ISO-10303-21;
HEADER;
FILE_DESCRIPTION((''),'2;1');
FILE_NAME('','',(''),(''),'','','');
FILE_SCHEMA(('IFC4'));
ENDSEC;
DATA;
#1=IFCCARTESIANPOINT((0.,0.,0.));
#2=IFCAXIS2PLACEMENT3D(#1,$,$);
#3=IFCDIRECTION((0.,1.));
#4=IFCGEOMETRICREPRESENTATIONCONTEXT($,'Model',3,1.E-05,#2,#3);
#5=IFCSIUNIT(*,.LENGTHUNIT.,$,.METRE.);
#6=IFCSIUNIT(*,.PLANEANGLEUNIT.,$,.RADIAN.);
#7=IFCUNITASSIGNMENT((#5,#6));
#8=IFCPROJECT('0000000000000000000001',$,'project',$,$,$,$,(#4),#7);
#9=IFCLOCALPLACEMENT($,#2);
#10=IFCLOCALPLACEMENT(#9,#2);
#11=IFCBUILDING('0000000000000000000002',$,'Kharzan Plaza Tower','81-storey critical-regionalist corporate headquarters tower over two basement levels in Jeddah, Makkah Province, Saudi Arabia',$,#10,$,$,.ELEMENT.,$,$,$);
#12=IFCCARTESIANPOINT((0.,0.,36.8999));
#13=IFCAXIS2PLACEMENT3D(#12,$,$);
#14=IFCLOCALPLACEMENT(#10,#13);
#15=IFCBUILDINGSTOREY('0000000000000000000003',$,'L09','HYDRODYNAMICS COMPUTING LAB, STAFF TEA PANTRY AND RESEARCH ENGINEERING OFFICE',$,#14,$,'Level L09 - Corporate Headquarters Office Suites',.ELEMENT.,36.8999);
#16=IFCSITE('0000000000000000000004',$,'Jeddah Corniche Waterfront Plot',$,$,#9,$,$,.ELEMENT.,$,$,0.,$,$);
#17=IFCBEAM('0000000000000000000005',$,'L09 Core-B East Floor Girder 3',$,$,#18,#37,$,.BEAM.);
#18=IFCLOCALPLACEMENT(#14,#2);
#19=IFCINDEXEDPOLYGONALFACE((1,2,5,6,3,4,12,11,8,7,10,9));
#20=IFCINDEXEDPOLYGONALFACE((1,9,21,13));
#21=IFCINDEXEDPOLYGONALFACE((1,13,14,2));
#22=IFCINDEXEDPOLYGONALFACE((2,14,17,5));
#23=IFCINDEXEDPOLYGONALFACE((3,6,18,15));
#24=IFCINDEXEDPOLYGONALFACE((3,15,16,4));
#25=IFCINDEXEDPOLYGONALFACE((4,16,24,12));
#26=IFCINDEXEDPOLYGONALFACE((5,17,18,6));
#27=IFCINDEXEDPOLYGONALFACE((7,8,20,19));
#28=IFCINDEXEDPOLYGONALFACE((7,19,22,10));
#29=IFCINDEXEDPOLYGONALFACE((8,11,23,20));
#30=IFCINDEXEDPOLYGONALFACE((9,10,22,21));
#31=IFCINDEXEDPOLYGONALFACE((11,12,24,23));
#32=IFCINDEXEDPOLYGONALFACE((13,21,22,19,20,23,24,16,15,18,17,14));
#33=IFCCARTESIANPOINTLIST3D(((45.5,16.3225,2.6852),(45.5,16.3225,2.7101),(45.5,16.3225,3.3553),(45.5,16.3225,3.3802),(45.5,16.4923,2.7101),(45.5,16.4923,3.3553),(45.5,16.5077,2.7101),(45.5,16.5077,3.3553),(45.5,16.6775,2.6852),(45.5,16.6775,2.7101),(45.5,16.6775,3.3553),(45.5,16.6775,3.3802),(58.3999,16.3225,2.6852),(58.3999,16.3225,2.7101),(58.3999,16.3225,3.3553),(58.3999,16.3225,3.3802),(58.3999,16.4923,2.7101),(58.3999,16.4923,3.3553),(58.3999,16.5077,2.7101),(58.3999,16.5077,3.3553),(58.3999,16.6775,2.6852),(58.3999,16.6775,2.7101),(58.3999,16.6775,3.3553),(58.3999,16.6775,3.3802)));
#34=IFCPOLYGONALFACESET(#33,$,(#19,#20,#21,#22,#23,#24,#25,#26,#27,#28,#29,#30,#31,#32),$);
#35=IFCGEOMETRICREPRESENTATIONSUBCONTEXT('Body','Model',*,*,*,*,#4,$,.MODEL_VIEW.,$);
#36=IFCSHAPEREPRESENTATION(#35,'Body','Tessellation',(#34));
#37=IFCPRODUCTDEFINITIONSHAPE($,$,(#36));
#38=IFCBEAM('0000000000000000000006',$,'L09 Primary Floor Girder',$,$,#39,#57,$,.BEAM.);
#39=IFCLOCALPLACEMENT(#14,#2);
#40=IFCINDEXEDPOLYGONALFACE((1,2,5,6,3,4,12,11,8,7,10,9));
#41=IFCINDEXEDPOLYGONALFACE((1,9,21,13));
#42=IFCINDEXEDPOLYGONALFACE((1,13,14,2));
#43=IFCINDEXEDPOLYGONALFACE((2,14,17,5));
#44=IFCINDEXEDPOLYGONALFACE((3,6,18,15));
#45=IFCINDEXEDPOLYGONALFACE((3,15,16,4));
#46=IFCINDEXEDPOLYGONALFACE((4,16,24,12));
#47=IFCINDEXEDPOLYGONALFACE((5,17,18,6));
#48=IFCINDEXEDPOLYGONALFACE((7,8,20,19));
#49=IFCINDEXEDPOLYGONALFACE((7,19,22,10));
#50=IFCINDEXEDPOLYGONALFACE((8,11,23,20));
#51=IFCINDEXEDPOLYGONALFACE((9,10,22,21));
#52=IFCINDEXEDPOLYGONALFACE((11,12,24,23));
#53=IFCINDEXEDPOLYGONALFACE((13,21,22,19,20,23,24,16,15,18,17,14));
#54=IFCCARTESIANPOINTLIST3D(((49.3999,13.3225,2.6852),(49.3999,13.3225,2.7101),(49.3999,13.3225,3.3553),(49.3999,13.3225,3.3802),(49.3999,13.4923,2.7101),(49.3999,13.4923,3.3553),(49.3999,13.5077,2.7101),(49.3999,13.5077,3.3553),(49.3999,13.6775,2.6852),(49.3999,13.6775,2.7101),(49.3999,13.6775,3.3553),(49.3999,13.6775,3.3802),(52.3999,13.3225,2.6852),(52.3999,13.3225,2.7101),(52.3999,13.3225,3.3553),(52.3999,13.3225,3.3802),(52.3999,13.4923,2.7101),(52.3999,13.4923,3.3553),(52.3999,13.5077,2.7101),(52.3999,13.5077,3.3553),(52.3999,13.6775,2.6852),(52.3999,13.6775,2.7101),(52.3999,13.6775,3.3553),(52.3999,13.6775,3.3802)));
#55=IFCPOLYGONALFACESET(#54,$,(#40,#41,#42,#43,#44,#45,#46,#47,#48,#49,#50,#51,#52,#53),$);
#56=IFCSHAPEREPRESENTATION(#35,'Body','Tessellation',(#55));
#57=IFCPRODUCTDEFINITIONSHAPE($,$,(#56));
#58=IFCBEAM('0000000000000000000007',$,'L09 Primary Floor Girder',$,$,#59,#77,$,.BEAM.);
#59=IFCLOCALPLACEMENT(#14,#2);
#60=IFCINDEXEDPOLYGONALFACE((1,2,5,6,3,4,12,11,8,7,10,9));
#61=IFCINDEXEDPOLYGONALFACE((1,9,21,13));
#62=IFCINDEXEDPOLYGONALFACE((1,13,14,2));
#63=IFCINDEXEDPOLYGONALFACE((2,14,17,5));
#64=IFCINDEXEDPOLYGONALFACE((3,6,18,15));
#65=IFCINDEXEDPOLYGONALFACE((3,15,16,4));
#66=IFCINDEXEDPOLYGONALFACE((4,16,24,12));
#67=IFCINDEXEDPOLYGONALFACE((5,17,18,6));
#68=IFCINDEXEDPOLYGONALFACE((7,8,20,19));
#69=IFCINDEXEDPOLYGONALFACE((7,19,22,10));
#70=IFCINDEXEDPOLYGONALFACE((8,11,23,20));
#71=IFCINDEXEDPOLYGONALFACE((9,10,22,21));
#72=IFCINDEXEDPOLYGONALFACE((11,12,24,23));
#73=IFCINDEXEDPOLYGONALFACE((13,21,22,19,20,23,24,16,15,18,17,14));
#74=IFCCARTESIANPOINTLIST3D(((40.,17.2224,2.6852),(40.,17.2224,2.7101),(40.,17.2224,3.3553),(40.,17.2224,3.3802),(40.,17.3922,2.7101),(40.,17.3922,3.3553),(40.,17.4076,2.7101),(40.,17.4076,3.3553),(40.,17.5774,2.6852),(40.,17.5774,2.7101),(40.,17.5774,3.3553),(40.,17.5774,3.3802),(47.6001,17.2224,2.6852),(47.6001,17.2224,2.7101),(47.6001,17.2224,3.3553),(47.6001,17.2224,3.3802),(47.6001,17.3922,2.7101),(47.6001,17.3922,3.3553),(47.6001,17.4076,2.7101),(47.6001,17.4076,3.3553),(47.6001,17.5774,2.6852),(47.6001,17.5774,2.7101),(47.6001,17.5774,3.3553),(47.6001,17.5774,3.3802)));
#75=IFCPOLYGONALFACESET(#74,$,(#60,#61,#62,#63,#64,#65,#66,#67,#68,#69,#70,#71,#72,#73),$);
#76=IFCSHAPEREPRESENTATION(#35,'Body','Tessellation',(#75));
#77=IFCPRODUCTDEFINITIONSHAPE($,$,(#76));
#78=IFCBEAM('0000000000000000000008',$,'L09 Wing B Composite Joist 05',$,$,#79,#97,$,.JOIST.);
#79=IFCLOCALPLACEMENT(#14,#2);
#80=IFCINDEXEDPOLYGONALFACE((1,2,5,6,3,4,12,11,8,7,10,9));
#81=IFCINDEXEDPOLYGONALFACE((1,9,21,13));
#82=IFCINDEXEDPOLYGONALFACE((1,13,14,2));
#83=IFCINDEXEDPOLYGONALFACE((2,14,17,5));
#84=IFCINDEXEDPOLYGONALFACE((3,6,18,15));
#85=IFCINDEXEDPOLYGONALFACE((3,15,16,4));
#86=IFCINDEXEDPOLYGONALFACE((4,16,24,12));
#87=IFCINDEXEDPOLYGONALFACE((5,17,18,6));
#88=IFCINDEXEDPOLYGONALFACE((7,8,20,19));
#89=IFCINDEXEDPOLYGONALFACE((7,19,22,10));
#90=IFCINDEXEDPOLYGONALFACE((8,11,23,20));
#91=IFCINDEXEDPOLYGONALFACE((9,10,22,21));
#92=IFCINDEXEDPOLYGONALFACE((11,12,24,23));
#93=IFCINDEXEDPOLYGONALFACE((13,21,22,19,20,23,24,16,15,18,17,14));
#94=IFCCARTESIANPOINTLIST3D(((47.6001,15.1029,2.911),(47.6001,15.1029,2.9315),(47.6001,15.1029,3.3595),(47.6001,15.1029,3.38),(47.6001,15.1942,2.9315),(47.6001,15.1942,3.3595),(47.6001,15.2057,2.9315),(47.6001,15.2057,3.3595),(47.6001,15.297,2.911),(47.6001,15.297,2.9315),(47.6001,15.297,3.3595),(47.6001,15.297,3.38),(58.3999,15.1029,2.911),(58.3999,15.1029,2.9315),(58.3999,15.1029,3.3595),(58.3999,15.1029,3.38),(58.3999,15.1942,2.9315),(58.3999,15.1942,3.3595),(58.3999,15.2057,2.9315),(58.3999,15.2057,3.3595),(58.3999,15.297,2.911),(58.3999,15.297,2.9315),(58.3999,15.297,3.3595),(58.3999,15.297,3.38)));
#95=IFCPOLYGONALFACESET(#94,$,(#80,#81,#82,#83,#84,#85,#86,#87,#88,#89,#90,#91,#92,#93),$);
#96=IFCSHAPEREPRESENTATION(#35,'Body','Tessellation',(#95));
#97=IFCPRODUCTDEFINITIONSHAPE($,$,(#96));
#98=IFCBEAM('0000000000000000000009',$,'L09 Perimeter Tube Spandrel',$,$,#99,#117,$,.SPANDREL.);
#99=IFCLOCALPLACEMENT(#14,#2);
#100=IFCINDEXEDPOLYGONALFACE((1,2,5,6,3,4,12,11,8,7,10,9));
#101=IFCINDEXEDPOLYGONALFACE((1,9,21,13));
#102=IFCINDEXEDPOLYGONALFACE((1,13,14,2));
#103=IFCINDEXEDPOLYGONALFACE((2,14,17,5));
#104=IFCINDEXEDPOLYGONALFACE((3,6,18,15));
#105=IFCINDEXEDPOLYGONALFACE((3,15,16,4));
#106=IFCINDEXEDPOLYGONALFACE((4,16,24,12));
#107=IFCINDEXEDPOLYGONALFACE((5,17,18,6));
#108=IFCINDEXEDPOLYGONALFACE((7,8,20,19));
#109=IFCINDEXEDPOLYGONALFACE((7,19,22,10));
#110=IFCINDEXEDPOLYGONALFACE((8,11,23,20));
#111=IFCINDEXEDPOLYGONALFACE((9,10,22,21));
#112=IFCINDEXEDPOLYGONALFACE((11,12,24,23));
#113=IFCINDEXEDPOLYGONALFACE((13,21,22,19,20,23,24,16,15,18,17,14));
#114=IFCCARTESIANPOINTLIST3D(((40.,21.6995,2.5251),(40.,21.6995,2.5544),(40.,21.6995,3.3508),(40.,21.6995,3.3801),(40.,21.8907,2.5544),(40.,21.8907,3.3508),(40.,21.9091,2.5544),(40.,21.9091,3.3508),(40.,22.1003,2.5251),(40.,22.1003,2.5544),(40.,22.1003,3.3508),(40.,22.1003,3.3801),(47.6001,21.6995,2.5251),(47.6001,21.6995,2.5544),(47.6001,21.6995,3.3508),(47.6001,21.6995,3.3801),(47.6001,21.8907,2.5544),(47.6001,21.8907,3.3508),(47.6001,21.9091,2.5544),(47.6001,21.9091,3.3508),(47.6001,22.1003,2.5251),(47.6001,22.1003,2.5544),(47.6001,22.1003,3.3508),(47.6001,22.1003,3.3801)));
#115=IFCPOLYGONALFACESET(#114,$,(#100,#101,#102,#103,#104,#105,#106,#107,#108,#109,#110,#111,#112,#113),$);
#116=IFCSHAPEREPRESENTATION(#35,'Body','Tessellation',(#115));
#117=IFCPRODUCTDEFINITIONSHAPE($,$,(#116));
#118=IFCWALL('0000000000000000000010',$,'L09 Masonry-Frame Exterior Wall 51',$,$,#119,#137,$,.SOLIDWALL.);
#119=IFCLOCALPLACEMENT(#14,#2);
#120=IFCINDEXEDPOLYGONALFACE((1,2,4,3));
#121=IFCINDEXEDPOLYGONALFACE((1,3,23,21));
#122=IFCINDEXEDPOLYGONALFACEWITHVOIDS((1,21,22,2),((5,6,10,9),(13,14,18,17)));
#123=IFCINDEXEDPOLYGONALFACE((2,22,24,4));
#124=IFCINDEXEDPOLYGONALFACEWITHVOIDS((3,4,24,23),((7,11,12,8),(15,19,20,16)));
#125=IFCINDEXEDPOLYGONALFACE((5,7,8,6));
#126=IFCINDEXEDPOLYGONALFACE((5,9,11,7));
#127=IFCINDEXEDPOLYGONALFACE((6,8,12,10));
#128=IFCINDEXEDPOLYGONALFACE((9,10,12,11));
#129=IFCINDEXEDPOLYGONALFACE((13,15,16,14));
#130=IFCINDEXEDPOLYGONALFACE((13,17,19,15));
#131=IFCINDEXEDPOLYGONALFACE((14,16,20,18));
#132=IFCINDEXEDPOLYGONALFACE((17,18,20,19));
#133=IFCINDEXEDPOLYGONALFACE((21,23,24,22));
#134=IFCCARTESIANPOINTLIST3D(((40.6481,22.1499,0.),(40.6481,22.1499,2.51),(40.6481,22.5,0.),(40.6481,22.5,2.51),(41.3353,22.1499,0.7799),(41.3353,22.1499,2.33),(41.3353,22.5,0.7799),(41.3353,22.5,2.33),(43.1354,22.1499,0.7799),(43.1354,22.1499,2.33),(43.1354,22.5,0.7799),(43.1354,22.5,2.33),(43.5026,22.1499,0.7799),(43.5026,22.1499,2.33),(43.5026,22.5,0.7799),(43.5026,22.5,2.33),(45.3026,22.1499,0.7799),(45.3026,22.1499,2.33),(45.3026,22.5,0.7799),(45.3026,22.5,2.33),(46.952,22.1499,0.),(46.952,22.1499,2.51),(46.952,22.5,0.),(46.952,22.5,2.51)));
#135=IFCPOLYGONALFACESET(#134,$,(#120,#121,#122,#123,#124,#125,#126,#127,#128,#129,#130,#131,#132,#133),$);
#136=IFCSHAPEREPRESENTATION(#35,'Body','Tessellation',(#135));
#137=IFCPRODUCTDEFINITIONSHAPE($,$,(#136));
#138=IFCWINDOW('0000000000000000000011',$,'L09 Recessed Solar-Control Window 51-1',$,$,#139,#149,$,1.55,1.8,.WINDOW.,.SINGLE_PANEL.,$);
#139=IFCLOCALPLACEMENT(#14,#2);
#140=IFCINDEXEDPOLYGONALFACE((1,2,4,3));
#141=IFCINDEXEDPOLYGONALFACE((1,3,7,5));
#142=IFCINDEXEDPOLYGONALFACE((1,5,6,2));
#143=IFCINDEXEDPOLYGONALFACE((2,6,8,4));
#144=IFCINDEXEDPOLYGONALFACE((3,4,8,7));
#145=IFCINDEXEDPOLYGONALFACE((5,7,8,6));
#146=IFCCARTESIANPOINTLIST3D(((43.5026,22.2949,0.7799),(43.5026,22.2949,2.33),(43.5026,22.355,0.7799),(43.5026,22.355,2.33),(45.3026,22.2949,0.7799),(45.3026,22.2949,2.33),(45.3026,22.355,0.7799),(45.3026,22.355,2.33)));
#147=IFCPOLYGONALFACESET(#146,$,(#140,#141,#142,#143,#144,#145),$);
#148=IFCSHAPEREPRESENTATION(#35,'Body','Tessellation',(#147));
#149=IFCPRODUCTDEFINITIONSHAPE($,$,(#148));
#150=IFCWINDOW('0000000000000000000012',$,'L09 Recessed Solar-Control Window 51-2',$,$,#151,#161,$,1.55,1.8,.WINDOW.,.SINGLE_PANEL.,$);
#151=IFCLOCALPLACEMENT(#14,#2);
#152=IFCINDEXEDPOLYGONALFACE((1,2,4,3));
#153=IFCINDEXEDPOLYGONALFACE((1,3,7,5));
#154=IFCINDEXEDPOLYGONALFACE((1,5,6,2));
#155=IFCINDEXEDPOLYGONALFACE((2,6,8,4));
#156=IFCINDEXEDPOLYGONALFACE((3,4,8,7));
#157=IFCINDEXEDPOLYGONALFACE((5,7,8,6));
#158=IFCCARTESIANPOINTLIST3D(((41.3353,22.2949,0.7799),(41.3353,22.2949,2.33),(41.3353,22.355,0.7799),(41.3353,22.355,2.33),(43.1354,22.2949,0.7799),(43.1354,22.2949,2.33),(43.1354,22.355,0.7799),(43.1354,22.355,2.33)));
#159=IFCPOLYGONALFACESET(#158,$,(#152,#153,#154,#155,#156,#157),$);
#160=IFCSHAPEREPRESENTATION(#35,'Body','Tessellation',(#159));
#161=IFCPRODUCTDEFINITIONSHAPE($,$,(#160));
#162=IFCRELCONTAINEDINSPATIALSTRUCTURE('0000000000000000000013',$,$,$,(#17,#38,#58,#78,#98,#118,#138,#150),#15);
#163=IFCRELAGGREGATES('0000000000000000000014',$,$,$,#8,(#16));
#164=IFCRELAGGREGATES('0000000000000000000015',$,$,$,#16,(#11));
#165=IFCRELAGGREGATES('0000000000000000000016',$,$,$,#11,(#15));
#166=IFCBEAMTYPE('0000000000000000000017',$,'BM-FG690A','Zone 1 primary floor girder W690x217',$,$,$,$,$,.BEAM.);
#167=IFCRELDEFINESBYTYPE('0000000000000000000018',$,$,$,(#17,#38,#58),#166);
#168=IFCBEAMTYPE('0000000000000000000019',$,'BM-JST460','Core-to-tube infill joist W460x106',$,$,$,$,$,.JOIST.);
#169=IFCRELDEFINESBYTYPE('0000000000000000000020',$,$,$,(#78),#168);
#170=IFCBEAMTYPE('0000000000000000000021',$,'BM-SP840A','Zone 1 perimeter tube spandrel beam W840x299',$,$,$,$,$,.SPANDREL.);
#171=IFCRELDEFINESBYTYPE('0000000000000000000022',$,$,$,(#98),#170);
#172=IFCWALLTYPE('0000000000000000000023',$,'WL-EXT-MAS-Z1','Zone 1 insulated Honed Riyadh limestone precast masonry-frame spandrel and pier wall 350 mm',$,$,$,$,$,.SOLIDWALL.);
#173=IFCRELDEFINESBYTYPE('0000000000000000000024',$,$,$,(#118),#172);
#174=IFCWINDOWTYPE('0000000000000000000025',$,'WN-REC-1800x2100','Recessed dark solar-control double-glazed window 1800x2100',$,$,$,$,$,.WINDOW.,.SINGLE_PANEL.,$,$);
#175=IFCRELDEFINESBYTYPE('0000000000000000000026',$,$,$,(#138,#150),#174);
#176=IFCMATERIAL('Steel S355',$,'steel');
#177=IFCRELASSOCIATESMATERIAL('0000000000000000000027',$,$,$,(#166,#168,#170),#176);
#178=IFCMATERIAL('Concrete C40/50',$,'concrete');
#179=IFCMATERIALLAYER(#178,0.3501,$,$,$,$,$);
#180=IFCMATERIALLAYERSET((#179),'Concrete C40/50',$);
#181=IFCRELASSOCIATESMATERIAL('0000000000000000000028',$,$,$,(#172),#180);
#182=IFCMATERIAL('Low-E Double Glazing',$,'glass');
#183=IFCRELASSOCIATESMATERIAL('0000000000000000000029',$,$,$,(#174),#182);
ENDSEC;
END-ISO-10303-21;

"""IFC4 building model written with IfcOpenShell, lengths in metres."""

from ifc_helpers import new_model, si_unit, direction, frame, frame_2d, origin, origin_2d, place, context, subcontext, project, spatial, rectangle, i_section, extrude, source, transform, mapped, material, layer, layer_set, material_profile, profile_set, type_object, element, fill, save


model = new_model("IFC4")

# Units and contexts
model_context = context("Model", 3, precision=1e-05, world=origin(), true_north=direction((0.0, 1.0)))
body_context = subcontext(model_context, "Body", "Model", "MODEL_VIEW")
ifc_project = project(units=[si_unit("LENGTHUNIT", "METRE"), si_unit("PLANEANGLEUNIT", "RADIAN")], contexts=[model_context])

# Site, building, storey
site_placement = place(None, origin())
site = spatial("IfcSite", under=ifc_project, at=site_placement, Name="Jeddah Corniche Waterfront Plot", CompositionType="ELEMENT", RefElevation=0.0)
building_placement = place(site_placement, origin())
building = spatial("IfcBuilding", under=site, at=building_placement, Name="Kharzan Plaza Tower", Description="81-storey critical-regionalist corporate headquarters tower over two basement levels in Jeddah, Makkah Province, Saudi Arabia", CompositionType="ELEMENT")
storey_placement = place(building_placement, frame((0.0, 0.0, 36.8999)))
storey = spatial("IfcBuildingStorey", under=building, at=storey_placement, Name="L09", Description="HYDRODYNAMICS COMPUTING LAB, STAFF TEA PANTRY AND RESEARCH ENGINEERING OFFICE", LongName="Level L09 - Corporate Headquarters Office Suites", CompositionType="ELEMENT", Elevation=36.8999)

# Beams
ifc_material_1 = material(Name="Steel S355", Category="steel")
ifc_material_profile_1 = material_profile(ifc_material_1, i_section(OverallWidth=0.355, OverallDepth=0.6951, WebThickness=0.0154, FlangeThickness=0.0249, at=origin_2d()), Name="W690x217")
ifc_profile_set_1 = profile_set([ifc_material_profile_1], Name="Steel S355")
beam_type_1 = type_object("IfcBeamType", Name="BM-FG690A", Description="Zone 1 primary floor girder W690x217", PredefinedType="BEAM", material=ifc_profile_set_1)
shared_shape_1 = source(origin(), body_context, "Body", "SweptSolid", [
    extrude(i_section(OverallWidth=0.355, OverallDepth=0.6951, WebThickness=0.0154, FlangeThickness=0.0249, at=origin_2d()), origin(), (0.0, 0.0, 1.0), 12.8999),
])
beam_1_placement = place(storey_placement, frame((45.5, 16.5, 3.0327), z_axis=(1.0, 0.0, 0.0), x_axis=(0.0, 1.0, 0.0)))
element("IfcBeam", 1, at=beam_1_placement, inside=storey, type_object=beam_type_1, Name="L09 Core-B East Floor Girder 3", PredefinedType="BEAM", context=body_context, shape_type="MappedRepresentation", body=[
    mapped(shared_shape_1, transform((0.0, 0.0, 0.0), x_axis=(1.0, 0.0, 0.0), y_axis=(0.0, 1.0, 0.0), z_axis=(0.0, 0.0, 1.0))),
])
shared_shape_2 = source(origin(), body_context, "Body", "SweptSolid", [
    extrude(i_section(OverallWidth=0.355, OverallDepth=0.6951, WebThickness=0.0154, FlangeThickness=0.0249, at=origin_2d()), origin(), (0.0, 0.0, 1.0), 3.0),
])
beam_2_placement = place(storey_placement, frame((49.3999, 13.5, 3.0327), z_axis=(1.0, 0.0, 0.0), x_axis=(0.0, 1.0, 0.0)))
element("IfcBeam", 2, at=beam_2_placement, inside=storey, type_object=beam_type_1, Name="L09 Primary Floor Girder", PredefinedType="BEAM", context=body_context, shape_type="MappedRepresentation", body=[
    mapped(shared_shape_2, transform((0.0, 0.0, 0.0), x_axis=(1.0, 0.0, 0.0), y_axis=(0.0, 1.0, 0.0), z_axis=(0.0, 0.0, 1.0))),
])
shared_shape_3 = source(origin(), body_context, "Body", "SweptSolid", [
    extrude(i_section(OverallWidth=0.355, OverallDepth=0.6951, WebThickness=0.0154, FlangeThickness=0.0249, at=origin_2d()), origin(), (0.0, 0.0, 1.0), 7.6001),
])
beam_3_placement = place(storey_placement, frame((40.0, 17.3999, 3.0327), z_axis=(1.0, 0.0, 0.0), x_axis=(0.0, 1.0, 0.0)))
element("IfcBeam", 3, at=beam_3_placement, inside=storey, type_object=beam_type_1, Name="L09 Primary Floor Girder", PredefinedType="BEAM", context=body_context, shape_type="MappedRepresentation", body=[
    mapped(shared_shape_3, transform((0.0, 0.0, 0.0), x_axis=(1.0, 0.0, 0.0), y_axis=(0.0, 1.0, 0.0), z_axis=(0.0, 0.0, 1.0))),
])
ifc_material_profile_2 = material_profile(ifc_material_1, i_section(OverallWidth=0.1941, OverallDepth=0.469, WebThickness=0.0115, FlangeThickness=0.0205, at=origin_2d()), Name="W460x106")
ifc_profile_set_2 = profile_set([ifc_material_profile_2], Name="Steel S355")
beam_type_2 = type_object("IfcBeamType", Name="BM-JST460", Description="Core-to-tube infill joist W460x106", PredefinedType="JOIST", material=ifc_profile_set_2)
shared_shape_4 = source(origin(), body_context, "Body", "SweptSolid", [
    extrude(i_section(OverallWidth=0.1941, OverallDepth=0.469, WebThickness=0.0115, FlangeThickness=0.0205, at=origin_2d()), origin(), (0.0, 0.0, 1.0), 10.7998),
])
beam_4_placement = place(storey_placement, frame((47.6001, 15.2, 3.1455), z_axis=(1.0, 0.0, 0.0), x_axis=(0.0, 1.0, 0.0)))
element("IfcBeam", 4, at=beam_4_placement, inside=storey, type_object=beam_type_2, Name="L09 Wing B Composite Joist 05", PredefinedType="JOIST", context=body_context, shape_type="MappedRepresentation", body=[
    mapped(shared_shape_4, transform((0.0, 0.0, 0.0), x_axis=(1.0, 0.0, 0.0), y_axis=(0.0, 1.0, 0.0), z_axis=(0.0, 0.0, 1.0))),
])
ifc_material_profile_3 = material_profile(ifc_material_1, i_section(OverallWidth=0.4009, OverallDepth=0.855, WebThickness=0.0183, FlangeThickness=0.0293, at=origin_2d()), Name="W840x299")
ifc_profile_set_3 = profile_set([ifc_material_profile_3], Name="Steel S355")
beam_type_3 = type_object("IfcBeamType", Name="BM-SP840A", Description="Zone 1 perimeter tube spandrel beam W840x299", PredefinedType="SPANDREL", material=ifc_profile_set_3)
shared_shape_5 = source(origin(), body_context, "Body", "SweptSolid", [
    extrude(i_section(OverallWidth=0.4009, OverallDepth=0.855, WebThickness=0.0183, FlangeThickness=0.0293, at=origin_2d()), origin(), (0.0, 0.0, 1.0), 7.6001),
])
beam_5_placement = place(storey_placement, frame((40.0, 21.8999, 2.9526), z_axis=(1.0, 0.0, 0.0), x_axis=(0.0, 1.0, 0.0)))
element("IfcBeam", 5, at=beam_5_placement, inside=storey, type_object=beam_type_3, Name="L09 Perimeter Tube Spandrel", PredefinedType="SPANDREL", context=body_context, shape_type="MappedRepresentation", body=[
    mapped(shared_shape_5, transform((0.0, 0.0, 0.0), x_axis=(1.0, 0.0, 0.0), y_axis=(0.0, 1.0, 0.0), z_axis=(0.0, 0.0, 1.0))),
])

# Wall, openings, windows
ifc_material_2 = material(Name="Concrete C40/50", Category="concrete")
ifc_layer_1 = layer(ifc_material_2, 0.3501)
ifc_layer_set_1 = layer_set([ifc_layer_1], Name="Concrete C40/50")
wall_type_1 = type_object("IfcWallType", Name="WL-EXT-MAS-Z1", Description="Zone 1 insulated Honed Riyadh limestone precast masonry-frame spandrel and pier wall 350 mm", PredefinedType="SOLIDWALL", material=ifc_layer_set_1)
wall_1_placement = place(storey_placement, frame((46.9519, 22.325, 0.0), z_axis=(0.0, 0.0, 1.0), x_axis=(-1.0, 0.0, 0.0)))
wall_1 = element("IfcWall", 6, at=wall_1_placement, inside=storey, type_object=wall_type_1, Name="L09 Masonry-Frame Exterior Wall 51", PredefinedType="SOLIDWALL", context=body_context, shape_type="SweptSolid", body=[
    extrude(rectangle(XDim=6.304, YDim=0.3501, at=frame_2d((3.1519, 0.0))), origin(), (0.0, 0.0, 1.0), 2.51),
])
opening_1_placement = place(wall_1_placement, frame((1.6494, 0.0, 0.78)))
opening_1 = element("IfcOpeningElement", 7, at=opening_1_placement, cuts=wall_1, PredefinedType="OPENING", context=body_context, shape_type="SweptSolid", body=[
    extrude(rectangle(XDim=1.8, YDim=1.55, at=frame_2d((0.8999, 0.7749))), frame((0.0, 0.1851, 0.0), z_axis=(0.0, -1.0, 0.0), x_axis=(1.0, 0.0, 0.0)), (0.0, 0.0, 1.0), 0.3701),
])
opening_2_placement = place(wall_1_placement, frame((3.8167, 0.0, 0.78)))
opening_2 = element("IfcOpeningElement", 8, at=opening_2_placement, cuts=wall_1, PredefinedType="OPENING", context=body_context, shape_type="SweptSolid", body=[
    extrude(rectangle(XDim=1.8, YDim=1.55, at=frame_2d((0.8999, 0.7749))), frame((0.0, 0.1851, 0.0), z_axis=(0.0, -1.0, 0.0), x_axis=(1.0, 0.0, 0.0)), (0.0, 0.0, 1.0), 0.3701),
])
ifc_material_3 = material(Name="Low-E Double Glazing", Category="glass")
window_type_1 = type_object("IfcWindowType", Name="WN-REC-1800x2100", Description="Recessed dark solar-control double-glazed window 1800x2100", PartitioningType="SINGLE_PANEL", PredefinedType="WINDOW", material=ifc_material_3)
shared_shape_6 = source(origin(), body_context, "Body", "SweptSolid", [
    extrude(rectangle(XDim=1.8, YDim=1.55, at=frame_2d((0.8999, 0.7749))), frame((0.0, 0.03, 0.0), z_axis=(0.0, -1.0, 0.0), x_axis=(1.0, 0.0, 0.0)), (0.0, 0.0, 1.0), 0.0601),
])
window_1_placement = place(opening_1_placement, origin())
window_1 = element("IfcWindow", 9, at=window_1_placement, inside=storey, type_object=window_type_1, Name="L09 Recessed Solar-Control Window 51-1", OverallHeight=1.55, OverallWidth=1.8, PartitioningType="SINGLE_PANEL", PredefinedType="WINDOW", context=body_context, shape_type="MappedRepresentation", body=[
    mapped(shared_shape_6, transform((0.0, 0.0, 0.0), x_axis=(1.0, 0.0, 0.0), y_axis=(0.0, 1.0, 0.0), z_axis=(0.0, 0.0, 1.0))),
])
fill(opening_1, window_1)
window_2_placement = place(opening_2_placement, origin())
window_2 = element("IfcWindow", 10, at=window_2_placement, inside=storey, type_object=window_type_1, Name="L09 Recessed Solar-Control Window 51-2", OverallHeight=1.55, OverallWidth=1.8, PartitioningType="SINGLE_PANEL", PredefinedType="WINDOW", context=body_context, shape_type="MappedRepresentation", body=[
    mapped(shared_shape_6, transform((0.0, 0.0, 0.0), x_axis=(1.0, 0.0, 0.0), y_axis=(0.0, 1.0, 0.0), z_axis=(0.0, 0.0, 1.0))),
])
fill(opening_2, window_2)

save(model, "model.ifc")
